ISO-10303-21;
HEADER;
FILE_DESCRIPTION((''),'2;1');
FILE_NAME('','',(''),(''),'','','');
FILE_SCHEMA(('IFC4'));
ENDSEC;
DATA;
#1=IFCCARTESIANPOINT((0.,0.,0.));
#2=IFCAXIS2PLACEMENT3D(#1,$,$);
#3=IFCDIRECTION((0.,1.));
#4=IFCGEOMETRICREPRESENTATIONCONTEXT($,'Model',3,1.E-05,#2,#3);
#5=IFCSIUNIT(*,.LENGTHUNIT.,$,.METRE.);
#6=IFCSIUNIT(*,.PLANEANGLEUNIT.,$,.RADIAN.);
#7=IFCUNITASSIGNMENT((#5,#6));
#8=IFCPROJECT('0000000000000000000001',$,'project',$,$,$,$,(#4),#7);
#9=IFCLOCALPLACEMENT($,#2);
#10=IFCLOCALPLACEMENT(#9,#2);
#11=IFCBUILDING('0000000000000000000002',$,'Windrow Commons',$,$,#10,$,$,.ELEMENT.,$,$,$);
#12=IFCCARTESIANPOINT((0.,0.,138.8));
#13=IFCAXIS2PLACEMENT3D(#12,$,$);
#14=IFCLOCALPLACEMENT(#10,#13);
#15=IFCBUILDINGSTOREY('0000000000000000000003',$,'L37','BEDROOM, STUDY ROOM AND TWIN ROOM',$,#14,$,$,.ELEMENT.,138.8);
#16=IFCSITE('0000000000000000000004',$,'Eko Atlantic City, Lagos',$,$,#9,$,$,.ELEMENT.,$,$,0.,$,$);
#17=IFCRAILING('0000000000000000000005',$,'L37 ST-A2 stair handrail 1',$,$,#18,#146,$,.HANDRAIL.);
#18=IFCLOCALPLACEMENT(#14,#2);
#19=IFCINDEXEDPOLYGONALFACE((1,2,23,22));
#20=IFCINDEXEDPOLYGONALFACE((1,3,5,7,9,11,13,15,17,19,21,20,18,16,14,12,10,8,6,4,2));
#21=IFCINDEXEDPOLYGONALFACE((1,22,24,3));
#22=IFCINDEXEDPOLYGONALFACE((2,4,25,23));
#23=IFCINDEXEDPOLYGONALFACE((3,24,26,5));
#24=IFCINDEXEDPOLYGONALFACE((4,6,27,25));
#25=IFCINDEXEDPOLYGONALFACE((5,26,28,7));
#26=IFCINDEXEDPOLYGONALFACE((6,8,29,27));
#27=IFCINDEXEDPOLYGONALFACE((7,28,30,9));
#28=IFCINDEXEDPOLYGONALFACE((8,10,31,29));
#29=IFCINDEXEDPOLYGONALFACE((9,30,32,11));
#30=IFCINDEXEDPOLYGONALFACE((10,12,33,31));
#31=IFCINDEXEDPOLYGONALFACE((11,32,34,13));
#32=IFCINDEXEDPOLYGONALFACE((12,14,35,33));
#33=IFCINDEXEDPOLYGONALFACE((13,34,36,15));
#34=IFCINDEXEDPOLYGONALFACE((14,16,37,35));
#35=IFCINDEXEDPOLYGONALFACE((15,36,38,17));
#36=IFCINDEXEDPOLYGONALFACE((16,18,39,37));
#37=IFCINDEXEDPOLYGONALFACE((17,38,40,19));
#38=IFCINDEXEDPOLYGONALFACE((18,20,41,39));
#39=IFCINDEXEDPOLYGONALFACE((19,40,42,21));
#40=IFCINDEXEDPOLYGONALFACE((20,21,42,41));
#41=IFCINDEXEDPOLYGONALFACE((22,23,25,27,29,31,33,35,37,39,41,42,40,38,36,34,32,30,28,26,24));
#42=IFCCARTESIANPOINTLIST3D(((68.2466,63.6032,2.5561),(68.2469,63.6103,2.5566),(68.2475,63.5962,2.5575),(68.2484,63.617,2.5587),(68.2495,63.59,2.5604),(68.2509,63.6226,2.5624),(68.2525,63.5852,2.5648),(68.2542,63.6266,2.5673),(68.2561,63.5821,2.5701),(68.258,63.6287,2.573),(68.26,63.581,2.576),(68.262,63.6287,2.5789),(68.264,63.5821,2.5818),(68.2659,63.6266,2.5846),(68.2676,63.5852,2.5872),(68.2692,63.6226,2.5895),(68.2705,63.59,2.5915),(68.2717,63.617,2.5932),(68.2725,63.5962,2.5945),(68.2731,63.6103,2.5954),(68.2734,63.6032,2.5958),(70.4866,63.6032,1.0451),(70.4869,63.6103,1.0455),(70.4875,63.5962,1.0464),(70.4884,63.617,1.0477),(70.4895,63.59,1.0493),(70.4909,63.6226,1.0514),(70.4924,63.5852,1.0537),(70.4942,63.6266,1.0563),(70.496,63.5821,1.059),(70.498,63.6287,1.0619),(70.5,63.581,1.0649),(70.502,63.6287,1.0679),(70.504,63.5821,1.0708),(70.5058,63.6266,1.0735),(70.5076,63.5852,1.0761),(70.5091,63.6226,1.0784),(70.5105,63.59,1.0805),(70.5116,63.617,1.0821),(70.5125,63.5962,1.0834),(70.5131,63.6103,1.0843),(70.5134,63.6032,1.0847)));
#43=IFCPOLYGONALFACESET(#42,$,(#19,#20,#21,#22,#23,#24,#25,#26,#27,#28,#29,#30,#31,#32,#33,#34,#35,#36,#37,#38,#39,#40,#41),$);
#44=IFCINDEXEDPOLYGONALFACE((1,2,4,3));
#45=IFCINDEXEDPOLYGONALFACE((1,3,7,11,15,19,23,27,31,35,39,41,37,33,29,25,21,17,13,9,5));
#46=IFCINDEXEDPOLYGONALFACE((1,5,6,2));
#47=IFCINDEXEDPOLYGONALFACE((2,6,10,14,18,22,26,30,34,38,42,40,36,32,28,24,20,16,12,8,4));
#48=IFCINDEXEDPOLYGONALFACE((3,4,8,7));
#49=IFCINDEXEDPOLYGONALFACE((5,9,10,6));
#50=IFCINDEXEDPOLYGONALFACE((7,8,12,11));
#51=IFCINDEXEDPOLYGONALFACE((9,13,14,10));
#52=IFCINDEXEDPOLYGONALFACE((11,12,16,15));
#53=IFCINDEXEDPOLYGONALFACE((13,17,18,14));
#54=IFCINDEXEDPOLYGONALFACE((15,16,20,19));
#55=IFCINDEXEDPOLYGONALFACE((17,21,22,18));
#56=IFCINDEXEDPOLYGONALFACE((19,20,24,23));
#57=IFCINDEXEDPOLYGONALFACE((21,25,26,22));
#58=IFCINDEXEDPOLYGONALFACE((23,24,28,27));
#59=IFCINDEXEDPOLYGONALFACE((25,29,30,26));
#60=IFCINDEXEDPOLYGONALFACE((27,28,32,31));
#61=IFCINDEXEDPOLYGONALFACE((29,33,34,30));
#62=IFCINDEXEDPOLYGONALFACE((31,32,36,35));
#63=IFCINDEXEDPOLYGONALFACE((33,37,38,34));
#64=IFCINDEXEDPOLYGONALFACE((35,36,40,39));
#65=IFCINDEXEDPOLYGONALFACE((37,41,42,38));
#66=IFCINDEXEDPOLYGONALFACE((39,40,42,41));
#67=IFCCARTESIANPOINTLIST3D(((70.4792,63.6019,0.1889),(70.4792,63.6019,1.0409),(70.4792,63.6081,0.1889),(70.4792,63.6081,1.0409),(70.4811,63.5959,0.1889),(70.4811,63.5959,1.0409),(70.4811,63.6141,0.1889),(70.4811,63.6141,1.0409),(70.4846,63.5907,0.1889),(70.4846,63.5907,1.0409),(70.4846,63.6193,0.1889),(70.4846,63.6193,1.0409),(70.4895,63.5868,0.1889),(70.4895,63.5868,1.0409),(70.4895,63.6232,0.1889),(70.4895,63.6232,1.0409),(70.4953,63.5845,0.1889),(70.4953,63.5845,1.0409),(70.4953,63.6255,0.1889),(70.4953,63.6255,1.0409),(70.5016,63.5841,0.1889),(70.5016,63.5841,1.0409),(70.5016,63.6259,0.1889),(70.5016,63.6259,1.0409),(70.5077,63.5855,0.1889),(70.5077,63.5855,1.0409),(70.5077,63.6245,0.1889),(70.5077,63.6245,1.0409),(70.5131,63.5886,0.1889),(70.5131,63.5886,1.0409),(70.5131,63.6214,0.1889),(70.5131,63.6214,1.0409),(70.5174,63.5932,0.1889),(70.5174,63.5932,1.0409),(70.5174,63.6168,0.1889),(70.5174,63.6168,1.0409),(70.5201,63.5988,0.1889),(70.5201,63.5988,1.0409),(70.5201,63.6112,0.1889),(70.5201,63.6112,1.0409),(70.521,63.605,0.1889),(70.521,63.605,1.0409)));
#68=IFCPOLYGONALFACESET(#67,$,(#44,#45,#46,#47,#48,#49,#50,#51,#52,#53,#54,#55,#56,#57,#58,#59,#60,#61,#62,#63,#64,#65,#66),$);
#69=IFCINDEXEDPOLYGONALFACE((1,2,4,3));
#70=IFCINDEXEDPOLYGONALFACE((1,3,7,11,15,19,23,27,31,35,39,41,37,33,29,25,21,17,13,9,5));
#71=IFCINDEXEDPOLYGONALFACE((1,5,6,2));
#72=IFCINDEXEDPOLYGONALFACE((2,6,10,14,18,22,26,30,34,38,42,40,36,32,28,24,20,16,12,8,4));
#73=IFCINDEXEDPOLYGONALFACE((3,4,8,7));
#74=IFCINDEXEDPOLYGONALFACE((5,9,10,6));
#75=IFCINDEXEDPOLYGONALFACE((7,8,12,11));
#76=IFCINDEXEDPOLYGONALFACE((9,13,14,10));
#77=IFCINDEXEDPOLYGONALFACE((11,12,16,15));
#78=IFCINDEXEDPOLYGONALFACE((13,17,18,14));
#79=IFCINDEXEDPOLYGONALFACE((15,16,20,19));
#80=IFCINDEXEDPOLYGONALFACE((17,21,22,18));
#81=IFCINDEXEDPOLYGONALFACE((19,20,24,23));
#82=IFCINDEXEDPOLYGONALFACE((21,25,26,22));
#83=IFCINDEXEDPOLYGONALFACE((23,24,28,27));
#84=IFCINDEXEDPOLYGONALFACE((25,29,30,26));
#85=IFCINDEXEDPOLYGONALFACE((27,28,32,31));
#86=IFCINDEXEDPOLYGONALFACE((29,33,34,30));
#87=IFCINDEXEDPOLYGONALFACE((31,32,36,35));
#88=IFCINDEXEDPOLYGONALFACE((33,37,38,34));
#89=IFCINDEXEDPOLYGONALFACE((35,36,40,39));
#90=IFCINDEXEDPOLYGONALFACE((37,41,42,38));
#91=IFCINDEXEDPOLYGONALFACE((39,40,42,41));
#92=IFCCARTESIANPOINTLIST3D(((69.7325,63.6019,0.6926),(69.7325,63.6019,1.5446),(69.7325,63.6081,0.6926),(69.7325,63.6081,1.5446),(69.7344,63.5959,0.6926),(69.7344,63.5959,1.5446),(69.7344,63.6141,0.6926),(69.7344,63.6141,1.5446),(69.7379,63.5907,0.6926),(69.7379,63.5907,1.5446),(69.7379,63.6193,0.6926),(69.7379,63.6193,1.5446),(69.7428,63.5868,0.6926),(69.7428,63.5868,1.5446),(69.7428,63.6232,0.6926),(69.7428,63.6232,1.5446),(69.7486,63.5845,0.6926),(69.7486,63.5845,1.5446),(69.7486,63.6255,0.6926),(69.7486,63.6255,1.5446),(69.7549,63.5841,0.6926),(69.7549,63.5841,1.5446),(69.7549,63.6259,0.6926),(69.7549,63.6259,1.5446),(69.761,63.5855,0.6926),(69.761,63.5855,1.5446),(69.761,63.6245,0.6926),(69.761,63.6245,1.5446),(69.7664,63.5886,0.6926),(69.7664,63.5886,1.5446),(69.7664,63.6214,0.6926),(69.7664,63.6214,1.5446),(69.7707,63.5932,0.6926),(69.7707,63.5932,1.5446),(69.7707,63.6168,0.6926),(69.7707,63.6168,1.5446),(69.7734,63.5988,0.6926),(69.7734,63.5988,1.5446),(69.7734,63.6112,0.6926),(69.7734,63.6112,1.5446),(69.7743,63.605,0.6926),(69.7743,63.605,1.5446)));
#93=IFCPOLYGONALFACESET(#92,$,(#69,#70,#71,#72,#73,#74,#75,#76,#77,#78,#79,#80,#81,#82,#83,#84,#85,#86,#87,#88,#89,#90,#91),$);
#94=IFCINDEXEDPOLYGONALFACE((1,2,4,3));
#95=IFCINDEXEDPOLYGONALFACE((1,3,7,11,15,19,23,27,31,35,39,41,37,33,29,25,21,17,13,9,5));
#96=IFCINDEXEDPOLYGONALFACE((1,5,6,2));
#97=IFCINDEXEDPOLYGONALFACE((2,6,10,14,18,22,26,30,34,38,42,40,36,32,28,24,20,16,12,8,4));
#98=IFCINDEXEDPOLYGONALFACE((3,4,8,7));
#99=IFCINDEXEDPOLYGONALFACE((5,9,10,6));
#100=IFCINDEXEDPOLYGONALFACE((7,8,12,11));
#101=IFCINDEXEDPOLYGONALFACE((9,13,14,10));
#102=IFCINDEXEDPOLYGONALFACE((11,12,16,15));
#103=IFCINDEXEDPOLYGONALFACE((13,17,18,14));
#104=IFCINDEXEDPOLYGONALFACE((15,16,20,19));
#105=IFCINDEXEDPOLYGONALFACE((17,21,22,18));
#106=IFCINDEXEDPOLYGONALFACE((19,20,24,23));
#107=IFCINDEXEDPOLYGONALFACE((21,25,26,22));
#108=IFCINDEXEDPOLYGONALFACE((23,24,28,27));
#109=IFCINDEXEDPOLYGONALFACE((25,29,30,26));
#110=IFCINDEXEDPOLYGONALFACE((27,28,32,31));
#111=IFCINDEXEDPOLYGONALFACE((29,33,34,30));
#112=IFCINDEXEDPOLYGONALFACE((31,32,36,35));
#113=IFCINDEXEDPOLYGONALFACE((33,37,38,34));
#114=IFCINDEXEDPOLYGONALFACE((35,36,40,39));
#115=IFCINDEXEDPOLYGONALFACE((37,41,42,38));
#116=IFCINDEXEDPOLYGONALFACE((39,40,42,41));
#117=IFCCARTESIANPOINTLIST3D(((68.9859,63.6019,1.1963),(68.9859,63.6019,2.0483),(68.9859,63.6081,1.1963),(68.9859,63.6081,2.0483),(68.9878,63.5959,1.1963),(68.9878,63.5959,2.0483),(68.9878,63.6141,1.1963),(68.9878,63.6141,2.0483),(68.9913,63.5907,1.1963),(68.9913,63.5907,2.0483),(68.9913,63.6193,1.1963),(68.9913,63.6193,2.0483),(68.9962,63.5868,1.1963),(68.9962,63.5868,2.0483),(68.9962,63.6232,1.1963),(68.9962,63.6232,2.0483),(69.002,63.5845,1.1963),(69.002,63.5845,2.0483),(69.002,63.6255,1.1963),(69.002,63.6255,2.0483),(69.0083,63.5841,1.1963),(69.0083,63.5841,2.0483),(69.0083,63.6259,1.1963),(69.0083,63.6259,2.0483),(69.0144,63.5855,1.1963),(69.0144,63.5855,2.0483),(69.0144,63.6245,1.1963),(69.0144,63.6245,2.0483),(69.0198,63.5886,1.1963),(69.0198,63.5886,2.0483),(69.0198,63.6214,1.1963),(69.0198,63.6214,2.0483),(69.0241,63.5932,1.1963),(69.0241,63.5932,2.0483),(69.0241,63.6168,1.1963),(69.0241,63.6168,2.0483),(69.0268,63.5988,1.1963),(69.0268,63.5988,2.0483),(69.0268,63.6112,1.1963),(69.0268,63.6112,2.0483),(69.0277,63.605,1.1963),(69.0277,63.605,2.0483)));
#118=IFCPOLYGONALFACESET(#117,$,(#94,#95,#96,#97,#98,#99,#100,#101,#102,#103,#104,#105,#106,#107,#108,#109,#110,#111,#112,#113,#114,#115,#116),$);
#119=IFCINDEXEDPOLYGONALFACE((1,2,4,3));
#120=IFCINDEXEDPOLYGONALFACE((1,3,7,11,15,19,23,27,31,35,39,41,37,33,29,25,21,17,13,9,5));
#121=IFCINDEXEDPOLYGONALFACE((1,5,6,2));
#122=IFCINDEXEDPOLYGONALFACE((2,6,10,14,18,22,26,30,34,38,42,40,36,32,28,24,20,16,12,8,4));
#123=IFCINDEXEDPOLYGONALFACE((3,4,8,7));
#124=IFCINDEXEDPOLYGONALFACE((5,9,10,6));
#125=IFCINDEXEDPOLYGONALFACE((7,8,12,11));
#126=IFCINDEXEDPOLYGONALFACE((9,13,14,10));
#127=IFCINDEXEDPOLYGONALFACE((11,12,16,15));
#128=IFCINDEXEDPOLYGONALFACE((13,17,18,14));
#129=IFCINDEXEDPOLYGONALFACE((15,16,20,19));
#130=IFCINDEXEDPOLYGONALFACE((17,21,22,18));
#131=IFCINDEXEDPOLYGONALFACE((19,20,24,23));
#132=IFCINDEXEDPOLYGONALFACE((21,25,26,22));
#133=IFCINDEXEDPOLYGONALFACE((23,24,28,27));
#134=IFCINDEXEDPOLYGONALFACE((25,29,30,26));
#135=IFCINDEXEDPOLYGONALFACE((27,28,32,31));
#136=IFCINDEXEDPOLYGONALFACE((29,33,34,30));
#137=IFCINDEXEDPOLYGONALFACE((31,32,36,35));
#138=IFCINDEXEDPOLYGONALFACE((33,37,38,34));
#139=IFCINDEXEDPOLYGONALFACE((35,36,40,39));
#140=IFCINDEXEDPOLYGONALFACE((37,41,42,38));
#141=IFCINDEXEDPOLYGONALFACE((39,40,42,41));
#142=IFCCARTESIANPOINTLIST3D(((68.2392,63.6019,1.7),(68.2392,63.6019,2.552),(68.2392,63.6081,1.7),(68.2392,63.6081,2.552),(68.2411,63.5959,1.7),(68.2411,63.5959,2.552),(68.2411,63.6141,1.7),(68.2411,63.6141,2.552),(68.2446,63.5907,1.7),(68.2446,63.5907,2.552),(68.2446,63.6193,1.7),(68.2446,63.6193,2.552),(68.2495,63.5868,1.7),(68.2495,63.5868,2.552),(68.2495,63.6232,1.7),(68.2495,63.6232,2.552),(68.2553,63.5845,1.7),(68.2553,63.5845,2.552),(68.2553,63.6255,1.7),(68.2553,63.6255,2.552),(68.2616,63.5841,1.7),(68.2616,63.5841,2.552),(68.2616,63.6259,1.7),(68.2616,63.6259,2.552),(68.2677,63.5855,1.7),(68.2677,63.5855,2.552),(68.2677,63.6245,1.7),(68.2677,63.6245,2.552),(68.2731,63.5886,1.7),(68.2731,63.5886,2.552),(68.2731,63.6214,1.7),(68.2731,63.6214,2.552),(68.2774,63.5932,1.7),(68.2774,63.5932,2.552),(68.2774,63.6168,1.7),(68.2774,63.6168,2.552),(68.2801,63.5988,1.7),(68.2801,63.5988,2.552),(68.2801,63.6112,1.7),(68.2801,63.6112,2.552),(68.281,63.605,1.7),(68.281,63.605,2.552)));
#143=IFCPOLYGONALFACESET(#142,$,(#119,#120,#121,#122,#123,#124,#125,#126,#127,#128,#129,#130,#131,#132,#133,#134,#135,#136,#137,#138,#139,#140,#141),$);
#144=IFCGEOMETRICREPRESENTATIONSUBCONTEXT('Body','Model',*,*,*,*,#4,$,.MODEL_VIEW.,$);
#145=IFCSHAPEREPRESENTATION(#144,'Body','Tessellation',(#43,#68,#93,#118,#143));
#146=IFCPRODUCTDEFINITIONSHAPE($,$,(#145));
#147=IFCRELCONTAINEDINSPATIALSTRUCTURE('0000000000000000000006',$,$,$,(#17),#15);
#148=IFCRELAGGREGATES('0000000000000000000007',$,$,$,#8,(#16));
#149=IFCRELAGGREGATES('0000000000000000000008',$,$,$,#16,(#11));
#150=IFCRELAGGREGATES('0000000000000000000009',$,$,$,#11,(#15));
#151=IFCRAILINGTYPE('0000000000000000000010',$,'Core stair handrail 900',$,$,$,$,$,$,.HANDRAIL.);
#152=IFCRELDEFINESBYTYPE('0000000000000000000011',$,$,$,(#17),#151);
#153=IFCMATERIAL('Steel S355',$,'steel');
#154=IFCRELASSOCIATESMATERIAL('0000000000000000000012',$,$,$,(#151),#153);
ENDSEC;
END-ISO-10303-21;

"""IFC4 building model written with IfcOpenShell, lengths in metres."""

from ifc_helpers import new_model, si_unit, direction, frame, origin, origin_2d, place, context, subcontext, project, spatial, circle, extrude, material, type_object, element, save


model = new_model("IFC4")

# Units and contexts
model_context = context("Model", 3, precision=1e-05, world=origin(), true_north=direction((0.0, 1.0)))
body_context = subcontext(model_context, "Body", "Model", "MODEL_VIEW")
ifc_project = project(units=[si_unit("LENGTHUNIT", "METRE"), si_unit("PLANEANGLEUNIT", "RADIAN")], contexts=[model_context])

# Site, building, storey
site_placement = place(None, origin())
site = spatial("IfcSite", under=ifc_project, at=site_placement, Name="Eko Atlantic City, Lagos", CompositionType="ELEMENT", RefElevation=0.0)
building_placement = place(site_placement, origin())
building = spatial("IfcBuilding", under=site, at=building_placement, Name="Windrow Commons", CompositionType="ELEMENT")
storey_placement = place(building_placement, frame((0.0, 0.0, 138.8)))
storey = spatial("IfcBuildingStorey", under=building, at=storey_placement, Name="L37", Description="BEDROOM, STUDY ROOM AND TWIN ROOM", CompositionType="ELEMENT", Elevation=138.8)

# Railing
ifc_material_1 = material(Name="Steel S355", Category="steel")
railing_type_1 = type_object("IfcRailingType", Name="Core stair handrail 900", PredefinedType="HANDRAIL", material=ifc_material_1)
for number, where, name in (
    (1, (70.5, 63.605, 0.1889), "L37 ST-A2 stair handrail 1"),
):
    element("IfcRailing", number, at=place(storey_placement, frame(where)), inside=storey, type_object=railing_type_1, Name=name, PredefinedType="HANDRAIL", context=body_context, shape_type="SweptSolid", body=[
        extrude(circle(Radius=0.024, at=origin_2d()), frame((0.0, 0.0, 0.876), z_axis=(-0.829003, 0.0, 0.559244), x_axis=(0.0, -1.0, 0.0)), (0.0, 0.0, 1.0), 2.702),
        extrude(circle(Radius=0.021, at=origin_2d()), origin(), (0.0, 0.0, 1.0), 0.852),
        extrude(circle(Radius=0.021, at=origin_2d()), frame((-0.7467, 0.0, 0.5037)), (0.0, 0.0, 1.0), 0.852),
        extrude(circle(Radius=0.021, at=origin_2d()), frame((-1.4933, 0.0, 1.0074)), (0.0, 0.0, 1.0), 0.852),
        extrude(circle(Radius=0.021, at=origin_2d()), frame((-2.24, 0.0, 1.5111)), (0.0, 0.0, 1.0), 0.852),
    ])

save(model, "model.ifc")
